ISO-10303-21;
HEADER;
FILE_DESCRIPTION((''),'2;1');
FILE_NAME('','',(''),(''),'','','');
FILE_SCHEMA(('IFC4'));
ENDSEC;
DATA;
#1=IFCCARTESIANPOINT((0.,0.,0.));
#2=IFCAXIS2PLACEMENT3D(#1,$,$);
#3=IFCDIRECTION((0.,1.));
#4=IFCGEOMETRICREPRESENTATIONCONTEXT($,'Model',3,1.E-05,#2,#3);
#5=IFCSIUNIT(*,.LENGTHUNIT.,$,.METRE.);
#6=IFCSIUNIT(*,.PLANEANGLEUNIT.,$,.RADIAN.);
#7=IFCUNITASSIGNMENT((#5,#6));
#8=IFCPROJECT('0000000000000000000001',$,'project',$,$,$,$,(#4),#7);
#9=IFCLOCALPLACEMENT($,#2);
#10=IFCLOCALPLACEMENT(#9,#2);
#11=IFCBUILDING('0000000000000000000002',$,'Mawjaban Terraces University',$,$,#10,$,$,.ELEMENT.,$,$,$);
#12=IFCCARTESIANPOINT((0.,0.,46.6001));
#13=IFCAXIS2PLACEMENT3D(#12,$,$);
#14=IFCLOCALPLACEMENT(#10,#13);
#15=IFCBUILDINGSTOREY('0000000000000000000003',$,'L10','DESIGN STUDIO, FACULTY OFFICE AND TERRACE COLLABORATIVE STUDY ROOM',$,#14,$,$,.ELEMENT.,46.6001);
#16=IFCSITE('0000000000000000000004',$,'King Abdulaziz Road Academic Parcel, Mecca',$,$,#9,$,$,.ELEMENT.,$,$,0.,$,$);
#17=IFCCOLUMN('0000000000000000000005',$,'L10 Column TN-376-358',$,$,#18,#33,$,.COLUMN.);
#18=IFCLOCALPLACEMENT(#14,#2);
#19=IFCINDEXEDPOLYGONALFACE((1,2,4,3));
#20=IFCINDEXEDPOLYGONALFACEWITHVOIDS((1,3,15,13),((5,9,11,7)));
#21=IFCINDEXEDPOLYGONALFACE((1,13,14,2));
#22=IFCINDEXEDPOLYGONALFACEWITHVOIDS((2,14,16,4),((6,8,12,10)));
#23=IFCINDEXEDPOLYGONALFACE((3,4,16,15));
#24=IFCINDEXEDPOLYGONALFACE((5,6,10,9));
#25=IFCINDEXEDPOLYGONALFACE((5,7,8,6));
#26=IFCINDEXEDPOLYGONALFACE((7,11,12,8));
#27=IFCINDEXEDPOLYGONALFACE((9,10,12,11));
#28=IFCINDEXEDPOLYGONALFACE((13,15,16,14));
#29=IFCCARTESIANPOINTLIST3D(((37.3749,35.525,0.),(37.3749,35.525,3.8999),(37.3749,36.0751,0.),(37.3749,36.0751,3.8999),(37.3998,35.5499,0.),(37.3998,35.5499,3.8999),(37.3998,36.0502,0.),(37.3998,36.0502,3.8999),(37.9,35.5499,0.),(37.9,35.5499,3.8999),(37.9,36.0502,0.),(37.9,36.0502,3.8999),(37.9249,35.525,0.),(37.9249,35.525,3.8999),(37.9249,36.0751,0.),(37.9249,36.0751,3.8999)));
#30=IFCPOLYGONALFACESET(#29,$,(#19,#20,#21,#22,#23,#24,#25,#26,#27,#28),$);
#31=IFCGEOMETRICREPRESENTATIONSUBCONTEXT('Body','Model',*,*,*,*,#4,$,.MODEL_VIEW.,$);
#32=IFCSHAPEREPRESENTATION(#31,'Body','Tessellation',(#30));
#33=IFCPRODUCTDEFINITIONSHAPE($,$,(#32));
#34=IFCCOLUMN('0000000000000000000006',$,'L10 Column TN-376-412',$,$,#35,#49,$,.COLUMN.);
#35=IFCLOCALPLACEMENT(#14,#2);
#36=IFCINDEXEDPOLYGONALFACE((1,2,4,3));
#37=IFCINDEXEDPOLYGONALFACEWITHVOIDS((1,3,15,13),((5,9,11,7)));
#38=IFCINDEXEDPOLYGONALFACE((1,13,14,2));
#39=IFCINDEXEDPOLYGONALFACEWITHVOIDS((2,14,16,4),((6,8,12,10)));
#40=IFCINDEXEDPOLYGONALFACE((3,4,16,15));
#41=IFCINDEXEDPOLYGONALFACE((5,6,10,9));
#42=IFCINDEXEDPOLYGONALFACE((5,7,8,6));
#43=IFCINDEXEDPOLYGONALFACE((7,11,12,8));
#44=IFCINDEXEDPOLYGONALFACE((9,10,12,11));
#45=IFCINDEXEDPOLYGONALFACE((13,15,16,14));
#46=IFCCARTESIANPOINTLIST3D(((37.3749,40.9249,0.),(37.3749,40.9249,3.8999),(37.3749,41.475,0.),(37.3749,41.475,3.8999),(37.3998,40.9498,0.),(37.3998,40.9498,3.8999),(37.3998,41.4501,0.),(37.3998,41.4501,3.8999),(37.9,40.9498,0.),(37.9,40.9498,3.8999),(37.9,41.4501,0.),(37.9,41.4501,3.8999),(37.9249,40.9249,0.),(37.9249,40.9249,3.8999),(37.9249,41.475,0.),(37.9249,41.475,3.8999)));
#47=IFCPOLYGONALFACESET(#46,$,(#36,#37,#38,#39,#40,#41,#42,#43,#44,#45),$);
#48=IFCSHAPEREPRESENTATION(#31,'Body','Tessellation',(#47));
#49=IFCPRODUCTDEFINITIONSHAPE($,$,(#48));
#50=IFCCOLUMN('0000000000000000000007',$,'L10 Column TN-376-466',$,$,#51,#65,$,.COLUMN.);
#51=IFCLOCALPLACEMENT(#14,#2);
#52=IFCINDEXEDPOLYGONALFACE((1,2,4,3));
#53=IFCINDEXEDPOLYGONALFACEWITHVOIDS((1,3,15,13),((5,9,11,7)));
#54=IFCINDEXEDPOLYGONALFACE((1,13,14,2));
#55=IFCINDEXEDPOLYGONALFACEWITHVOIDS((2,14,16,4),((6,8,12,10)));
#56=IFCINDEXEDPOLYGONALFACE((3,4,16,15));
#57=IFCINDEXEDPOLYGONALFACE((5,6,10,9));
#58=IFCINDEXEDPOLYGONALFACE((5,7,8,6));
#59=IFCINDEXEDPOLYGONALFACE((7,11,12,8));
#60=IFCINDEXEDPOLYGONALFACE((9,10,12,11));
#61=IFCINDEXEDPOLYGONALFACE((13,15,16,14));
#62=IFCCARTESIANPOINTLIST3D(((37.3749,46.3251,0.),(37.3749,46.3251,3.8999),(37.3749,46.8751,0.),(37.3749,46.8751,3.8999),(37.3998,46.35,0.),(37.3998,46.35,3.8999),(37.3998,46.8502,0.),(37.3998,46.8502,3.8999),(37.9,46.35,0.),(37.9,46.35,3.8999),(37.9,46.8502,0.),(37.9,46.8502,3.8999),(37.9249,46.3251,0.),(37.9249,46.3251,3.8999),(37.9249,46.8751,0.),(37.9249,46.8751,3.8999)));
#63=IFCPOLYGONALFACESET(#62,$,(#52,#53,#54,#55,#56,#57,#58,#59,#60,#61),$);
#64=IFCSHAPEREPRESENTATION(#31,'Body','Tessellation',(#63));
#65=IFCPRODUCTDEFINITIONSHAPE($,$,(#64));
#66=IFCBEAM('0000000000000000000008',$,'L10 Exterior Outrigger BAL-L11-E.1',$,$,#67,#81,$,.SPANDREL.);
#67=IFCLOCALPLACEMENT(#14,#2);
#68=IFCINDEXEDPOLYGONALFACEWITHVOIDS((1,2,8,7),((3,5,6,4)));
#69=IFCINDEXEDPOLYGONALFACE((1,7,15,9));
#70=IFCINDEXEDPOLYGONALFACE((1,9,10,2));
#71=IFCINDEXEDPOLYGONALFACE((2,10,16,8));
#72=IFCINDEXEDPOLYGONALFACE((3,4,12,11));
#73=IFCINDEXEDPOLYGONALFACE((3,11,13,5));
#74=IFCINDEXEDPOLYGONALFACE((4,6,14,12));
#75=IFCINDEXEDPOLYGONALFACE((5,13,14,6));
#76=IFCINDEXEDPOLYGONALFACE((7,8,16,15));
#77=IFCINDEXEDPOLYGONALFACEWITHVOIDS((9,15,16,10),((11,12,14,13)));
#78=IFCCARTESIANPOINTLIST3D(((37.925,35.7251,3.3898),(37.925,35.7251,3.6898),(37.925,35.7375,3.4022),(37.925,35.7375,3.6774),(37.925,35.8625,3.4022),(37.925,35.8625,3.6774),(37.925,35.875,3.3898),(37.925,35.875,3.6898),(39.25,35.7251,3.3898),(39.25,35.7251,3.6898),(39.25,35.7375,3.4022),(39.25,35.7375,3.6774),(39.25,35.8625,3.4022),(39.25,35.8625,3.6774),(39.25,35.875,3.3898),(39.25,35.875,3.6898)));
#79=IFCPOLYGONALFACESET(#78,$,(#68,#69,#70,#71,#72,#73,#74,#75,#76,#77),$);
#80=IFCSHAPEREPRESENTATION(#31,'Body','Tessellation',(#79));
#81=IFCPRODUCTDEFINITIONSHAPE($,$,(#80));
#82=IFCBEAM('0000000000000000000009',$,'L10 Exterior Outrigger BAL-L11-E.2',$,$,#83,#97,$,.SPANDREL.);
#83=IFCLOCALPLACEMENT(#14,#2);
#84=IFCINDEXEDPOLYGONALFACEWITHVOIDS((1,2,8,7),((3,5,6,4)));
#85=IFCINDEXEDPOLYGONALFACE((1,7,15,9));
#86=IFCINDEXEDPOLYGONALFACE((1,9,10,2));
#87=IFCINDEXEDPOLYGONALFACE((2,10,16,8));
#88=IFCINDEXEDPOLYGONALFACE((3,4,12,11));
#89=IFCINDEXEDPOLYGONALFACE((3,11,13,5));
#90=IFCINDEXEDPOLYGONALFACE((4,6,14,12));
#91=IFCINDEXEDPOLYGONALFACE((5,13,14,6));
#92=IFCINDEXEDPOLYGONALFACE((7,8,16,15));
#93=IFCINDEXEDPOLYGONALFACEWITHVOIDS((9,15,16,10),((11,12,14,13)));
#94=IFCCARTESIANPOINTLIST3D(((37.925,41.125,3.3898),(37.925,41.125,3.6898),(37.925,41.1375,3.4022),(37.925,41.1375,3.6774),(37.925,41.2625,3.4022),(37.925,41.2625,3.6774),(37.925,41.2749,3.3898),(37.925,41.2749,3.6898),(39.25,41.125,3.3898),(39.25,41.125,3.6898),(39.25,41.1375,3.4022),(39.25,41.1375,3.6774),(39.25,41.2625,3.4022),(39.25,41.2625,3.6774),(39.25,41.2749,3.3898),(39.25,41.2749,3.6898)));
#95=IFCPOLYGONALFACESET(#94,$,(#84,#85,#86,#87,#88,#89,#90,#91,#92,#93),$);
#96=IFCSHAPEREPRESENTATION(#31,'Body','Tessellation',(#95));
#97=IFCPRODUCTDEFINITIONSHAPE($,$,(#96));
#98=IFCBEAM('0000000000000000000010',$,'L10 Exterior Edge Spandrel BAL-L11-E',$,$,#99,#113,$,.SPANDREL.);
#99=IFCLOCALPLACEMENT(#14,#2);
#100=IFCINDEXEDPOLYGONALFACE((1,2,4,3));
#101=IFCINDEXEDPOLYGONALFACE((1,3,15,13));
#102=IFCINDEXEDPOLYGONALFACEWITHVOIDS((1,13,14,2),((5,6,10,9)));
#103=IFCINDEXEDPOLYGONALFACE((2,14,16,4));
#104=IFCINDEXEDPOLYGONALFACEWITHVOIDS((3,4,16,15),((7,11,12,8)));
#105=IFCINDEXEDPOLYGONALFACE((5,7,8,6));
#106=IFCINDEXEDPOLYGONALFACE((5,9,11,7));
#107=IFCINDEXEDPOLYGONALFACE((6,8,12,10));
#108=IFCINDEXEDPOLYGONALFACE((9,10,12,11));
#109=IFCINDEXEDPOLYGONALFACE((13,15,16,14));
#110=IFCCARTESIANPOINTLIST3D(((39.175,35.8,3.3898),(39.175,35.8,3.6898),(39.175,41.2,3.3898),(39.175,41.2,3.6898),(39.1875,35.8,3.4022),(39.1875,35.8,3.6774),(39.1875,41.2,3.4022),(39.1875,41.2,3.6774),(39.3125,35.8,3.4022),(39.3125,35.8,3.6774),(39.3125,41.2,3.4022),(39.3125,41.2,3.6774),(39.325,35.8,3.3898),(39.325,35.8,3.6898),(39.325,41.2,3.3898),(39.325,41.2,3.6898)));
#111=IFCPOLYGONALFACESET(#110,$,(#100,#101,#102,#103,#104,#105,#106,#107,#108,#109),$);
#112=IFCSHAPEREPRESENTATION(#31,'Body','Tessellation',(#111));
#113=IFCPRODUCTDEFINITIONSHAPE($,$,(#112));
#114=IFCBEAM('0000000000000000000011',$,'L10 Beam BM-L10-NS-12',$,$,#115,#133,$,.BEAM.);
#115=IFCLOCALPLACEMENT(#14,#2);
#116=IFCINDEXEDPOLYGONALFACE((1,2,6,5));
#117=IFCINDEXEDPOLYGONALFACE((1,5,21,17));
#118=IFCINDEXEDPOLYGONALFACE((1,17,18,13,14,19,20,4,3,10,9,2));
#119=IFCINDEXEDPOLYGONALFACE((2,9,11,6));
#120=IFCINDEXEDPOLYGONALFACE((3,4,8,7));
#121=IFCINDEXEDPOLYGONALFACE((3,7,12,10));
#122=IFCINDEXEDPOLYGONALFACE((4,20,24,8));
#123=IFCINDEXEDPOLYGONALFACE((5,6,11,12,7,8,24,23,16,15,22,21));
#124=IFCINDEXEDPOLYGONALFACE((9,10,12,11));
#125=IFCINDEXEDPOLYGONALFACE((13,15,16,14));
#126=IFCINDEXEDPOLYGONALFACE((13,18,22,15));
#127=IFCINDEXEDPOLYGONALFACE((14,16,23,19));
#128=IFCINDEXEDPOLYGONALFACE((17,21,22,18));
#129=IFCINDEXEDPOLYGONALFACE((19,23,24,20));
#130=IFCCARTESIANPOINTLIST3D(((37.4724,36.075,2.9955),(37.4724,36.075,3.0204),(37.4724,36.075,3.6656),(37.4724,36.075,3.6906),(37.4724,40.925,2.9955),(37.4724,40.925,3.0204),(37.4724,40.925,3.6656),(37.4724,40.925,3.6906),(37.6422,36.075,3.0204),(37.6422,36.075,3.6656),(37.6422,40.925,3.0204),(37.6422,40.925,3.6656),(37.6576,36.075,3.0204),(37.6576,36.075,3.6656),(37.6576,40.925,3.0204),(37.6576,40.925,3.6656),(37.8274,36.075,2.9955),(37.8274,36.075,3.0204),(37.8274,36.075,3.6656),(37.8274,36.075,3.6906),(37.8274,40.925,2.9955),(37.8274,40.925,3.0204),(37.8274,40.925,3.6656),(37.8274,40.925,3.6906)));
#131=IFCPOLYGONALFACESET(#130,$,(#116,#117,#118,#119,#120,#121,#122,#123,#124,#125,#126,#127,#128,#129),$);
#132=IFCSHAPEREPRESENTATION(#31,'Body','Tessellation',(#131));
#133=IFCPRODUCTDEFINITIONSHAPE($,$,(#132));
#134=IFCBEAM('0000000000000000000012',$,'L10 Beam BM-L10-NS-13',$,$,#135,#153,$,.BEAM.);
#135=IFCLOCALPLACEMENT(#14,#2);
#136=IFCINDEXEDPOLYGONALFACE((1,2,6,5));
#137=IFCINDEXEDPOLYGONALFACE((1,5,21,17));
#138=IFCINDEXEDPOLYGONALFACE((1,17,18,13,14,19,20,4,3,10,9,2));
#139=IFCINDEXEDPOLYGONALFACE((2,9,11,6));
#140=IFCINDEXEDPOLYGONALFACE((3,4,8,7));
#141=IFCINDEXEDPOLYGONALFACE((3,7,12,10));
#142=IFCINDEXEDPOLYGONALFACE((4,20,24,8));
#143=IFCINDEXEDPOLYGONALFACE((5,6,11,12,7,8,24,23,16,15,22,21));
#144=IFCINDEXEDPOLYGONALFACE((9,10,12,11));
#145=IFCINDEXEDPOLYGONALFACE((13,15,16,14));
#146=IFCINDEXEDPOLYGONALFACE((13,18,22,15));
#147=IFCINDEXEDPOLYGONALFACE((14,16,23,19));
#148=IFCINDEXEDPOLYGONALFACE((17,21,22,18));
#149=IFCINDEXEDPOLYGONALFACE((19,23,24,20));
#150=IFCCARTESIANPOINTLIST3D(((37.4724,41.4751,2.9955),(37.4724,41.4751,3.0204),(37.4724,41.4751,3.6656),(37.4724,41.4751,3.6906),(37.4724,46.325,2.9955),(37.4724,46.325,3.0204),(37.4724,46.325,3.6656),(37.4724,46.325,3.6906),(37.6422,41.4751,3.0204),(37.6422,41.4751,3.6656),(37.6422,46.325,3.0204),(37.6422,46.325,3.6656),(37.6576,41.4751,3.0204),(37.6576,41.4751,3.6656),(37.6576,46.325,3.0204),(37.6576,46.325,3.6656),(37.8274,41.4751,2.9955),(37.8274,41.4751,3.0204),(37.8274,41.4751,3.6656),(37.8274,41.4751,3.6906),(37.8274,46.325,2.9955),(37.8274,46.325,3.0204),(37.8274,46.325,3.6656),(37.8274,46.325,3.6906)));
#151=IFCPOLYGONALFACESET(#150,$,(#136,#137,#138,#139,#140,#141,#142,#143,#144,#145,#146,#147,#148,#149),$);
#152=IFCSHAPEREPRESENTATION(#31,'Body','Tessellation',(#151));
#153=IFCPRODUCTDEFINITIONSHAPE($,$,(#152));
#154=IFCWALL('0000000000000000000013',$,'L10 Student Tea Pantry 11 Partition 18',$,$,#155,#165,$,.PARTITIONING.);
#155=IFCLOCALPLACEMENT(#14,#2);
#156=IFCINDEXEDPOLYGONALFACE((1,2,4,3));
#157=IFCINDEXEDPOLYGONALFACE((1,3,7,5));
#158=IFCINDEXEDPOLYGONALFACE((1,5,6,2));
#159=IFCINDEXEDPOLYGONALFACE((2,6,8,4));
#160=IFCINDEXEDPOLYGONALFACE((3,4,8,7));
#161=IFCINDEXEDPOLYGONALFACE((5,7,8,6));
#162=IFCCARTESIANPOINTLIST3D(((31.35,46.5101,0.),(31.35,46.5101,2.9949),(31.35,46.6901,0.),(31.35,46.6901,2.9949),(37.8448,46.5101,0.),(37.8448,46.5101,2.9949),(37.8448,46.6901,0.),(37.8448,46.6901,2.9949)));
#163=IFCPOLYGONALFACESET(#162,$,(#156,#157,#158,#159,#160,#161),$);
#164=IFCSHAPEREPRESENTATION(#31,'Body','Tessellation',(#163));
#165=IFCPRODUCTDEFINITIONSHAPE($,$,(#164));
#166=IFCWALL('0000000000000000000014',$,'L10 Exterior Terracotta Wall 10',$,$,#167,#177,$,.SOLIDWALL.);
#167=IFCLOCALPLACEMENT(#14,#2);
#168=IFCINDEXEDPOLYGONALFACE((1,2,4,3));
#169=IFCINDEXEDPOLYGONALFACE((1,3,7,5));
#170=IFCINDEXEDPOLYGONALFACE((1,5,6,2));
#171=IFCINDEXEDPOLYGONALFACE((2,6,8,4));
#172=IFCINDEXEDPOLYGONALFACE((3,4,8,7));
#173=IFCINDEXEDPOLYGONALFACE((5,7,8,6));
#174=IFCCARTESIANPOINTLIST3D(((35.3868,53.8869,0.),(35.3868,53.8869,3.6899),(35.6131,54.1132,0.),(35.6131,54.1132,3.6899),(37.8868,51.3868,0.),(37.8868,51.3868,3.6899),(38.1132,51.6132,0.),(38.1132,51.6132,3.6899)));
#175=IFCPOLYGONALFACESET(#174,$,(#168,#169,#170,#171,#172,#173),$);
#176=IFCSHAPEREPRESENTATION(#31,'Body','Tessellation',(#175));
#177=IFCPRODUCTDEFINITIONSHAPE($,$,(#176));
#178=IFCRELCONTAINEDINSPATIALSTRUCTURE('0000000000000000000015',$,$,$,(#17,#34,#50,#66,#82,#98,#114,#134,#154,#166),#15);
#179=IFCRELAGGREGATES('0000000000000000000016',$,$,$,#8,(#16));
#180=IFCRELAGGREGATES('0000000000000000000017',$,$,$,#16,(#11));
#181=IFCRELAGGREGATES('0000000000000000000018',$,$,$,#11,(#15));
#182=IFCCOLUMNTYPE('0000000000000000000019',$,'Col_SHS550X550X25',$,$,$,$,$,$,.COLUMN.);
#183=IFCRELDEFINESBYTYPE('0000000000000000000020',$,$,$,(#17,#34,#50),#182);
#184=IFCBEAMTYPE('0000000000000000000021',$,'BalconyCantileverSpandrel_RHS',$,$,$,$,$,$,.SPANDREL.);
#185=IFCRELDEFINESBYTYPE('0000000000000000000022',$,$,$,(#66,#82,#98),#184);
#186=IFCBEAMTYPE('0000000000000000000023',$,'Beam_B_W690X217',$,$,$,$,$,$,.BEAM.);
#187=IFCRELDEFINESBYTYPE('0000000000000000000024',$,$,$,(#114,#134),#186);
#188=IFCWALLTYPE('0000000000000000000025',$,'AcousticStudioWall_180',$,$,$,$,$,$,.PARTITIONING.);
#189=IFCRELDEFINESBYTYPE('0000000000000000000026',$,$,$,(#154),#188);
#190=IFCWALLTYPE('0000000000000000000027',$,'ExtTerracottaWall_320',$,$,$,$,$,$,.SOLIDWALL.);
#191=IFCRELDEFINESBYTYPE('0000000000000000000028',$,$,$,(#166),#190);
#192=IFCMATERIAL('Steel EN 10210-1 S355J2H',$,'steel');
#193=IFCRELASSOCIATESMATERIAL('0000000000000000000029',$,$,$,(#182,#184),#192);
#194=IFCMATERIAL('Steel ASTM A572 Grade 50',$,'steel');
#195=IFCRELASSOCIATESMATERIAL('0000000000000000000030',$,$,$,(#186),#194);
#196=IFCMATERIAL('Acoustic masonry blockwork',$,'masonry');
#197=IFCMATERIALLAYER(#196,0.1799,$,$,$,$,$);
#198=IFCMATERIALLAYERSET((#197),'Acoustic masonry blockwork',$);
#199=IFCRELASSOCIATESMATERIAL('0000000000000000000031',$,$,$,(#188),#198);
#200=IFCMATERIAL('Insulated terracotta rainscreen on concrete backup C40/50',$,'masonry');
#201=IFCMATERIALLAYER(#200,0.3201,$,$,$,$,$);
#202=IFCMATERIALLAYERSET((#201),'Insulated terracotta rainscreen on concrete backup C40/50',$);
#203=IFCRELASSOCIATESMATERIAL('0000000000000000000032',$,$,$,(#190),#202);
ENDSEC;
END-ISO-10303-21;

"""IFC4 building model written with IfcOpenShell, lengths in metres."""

from ifc_helpers import new_model, si_unit, direction, frame, frame_2d, origin, origin_2d, place, context, subcontext, project, spatial, rectangle, hollow_rectangle, i_section, extrude, material, layer, layer_set, material_profile, profile_set, type_object, element, save


model = new_model("IFC4")

# Units and contexts
model_context = context("Model", 3, precision=1e-05, world=origin(), true_north=direction((0.0, 1.0)))
body_context = subcontext(model_context, "Body", "Model", "MODEL_VIEW")
ifc_project = project(units=[si_unit("LENGTHUNIT", "METRE"), si_unit("PLANEANGLEUNIT", "RADIAN")], contexts=[model_context])

# Site, building, storey
site_placement = place(None, origin())
site = spatial("IfcSite", under=ifc_project, at=site_placement, Name="King Abdulaziz Road Academic Parcel, Mecca", CompositionType="ELEMENT", RefElevation=0.0)
building_placement = place(site_placement, origin())
building = spatial("IfcBuilding", under=site, at=building_placement, Name="Mawjaban Terraces University", CompositionType="ELEMENT")
storey_placement = place(building_placement, frame((0.0, 0.0, 46.6001)))
storey = spatial("IfcBuildingStorey", under=building, at=storey_placement, Name="L10", Description="DESIGN STUDIO, FACULTY OFFICE AND TERRACE COLLABORATIVE STUDY ROOM", CompositionType="ELEMENT", Elevation=46.6001)

# Columns
ifc_material_1 = material(Name="Steel EN 10210-1 S355J2H", Category="steel")
ifc_material_profile_1 = material_profile(ifc_material_1, hollow_rectangle(XDim=0.55, YDim=0.55, WallThickness=0.0249, at=origin_2d()), Name="SHS550X550X25")
ifc_profile_set_1 = profile_set([ifc_material_profile_1], Name="Steel EN 10210-1 S355J2H")
column_type = type_object("IfcColumnType", Name="Col_SHS550X550X25", PredefinedType="COLUMN", material=ifc_profile_set_1)
for number, where, z_axis, x_axis, name in (
    (1, (37.6499, 35.8, 0.0), (0.0, 0.0, 1.0), (1.0, 0.0, 0.0), "L10 Column TN-376-358"),
    (2, (37.6499, 41.2, 0.0), (0.0, 0.0, 1.0), (1.0, 0.0, 0.0), "L10 Column TN-376-412"),
    (3, (37.6499, 46.6001, 0.0), (0.0, 0.0, 1.0), (1.0, 0.0, 0.0), "L10 Column TN-376-466"),
):
    element("IfcColumn", number, at=place(storey_placement, frame(where, z_axis=z_axis, x_axis=x_axis)), inside=storey, type_object=column_type, Name=name, PredefinedType="COLUMN", context=body_context, shape_type="SweptSolid", body=[
        extrude(hollow_rectangle(XDim=0.55, YDim=0.55, WallThickness=0.0249, at=origin_2d()), origin(), (0.0, 0.0, 1.0), 3.8999),
    ])

# Beams
ifc_material_profile_2 = material_profile(ifc_material_1, hollow_rectangle(XDim=0.1499, YDim=0.3, WallThickness=0.0125, at=origin_2d()), Name="RHS300X150X12.5")
ifc_profile_set_2 = profile_set([ifc_material_profile_2], Name="Steel EN 10210-1 S355J2H")
beam_type_1 = type_object("IfcBeamType", Name="BalconyCantileverSpandrel_RHS", PredefinedType="SPANDREL", material=ifc_profile_set_2)
for number, where, z_axis, x_axis, name in (
    (4, (37.925, 35.8, 3.5398), (1.0, 0.0, 0.0), (0.0, 1.0, 0.0), "L10 Exterior Outrigger BAL-L11-E.1"),
    (5, (37.925, 41.2, 3.5398), (1.0, 0.0, 0.0), (0.0, 1.0, 0.0), "L10 Exterior Outrigger BAL-L11-E.2"),
):
    element("IfcBeam", number, at=place(storey_placement, frame(where, z_axis=z_axis, x_axis=x_axis)), inside=storey, type_object=beam_type_1, Name=name, PredefinedType="SPANDREL", context=body_context, shape_type="SweptSolid", body=[
        extrude(hollow_rectangle(XDim=0.1499, YDim=0.3, WallThickness=0.0125, at=origin_2d()), origin(), (0.0, 0.0, 1.0), 1.325),
    ])
beam_1_placement = place(storey_placement, frame((39.25, 35.8, 3.5398), z_axis=(0.0, 1.0, 0.0), x_axis=(-1.0, 0.0, 0.0)))
element("IfcBeam", 6, at=beam_1_placement, inside=storey, type_object=beam_type_1, Name="L10 Exterior Edge Spandrel BAL-L11-E", PredefinedType="SPANDREL", context=body_context, shape_type="SweptSolid", body=[
    extrude(hollow_rectangle(XDim=0.1499, YDim=0.3, WallThickness=0.0125, at=origin_2d()), origin(), (0.0, 0.0, 1.0), 5.3999),
])
ifc_material_2 = material(Name="Steel ASTM A572 Grade 50", Category="steel")
ifc_material_profile_3 = material_profile(ifc_material_2, i_section(OverallWidth=0.355, OverallDepth=0.6951, WebThickness=0.0154, FlangeThickness=0.0249, at=origin_2d()), Name="W690X217")
ifc_profile_set_3 = profile_set([ifc_material_profile_3], Name="Steel ASTM A572 Grade 50")
beam_type_2 = type_object("IfcBeamType", Name="Beam_B_W690X217", PredefinedType="BEAM", material=ifc_profile_set_3)
beam_2_placement = place(storey_placement, frame((37.6499, 36.075, 3.343), z_axis=(0.0, 1.0, 0.0), x_axis=(-1.0, 0.0, 0.0)))
element("IfcBeam", 7, at=beam_2_placement, inside=storey, type_object=beam_type_2, Name="L10 Beam BM-L10-NS-12", PredefinedType="BEAM", context=body_context, shape_type="SweptSolid", body=[
    extrude(i_section(OverallWidth=0.355, OverallDepth=0.6951, WebThickness=0.0154, FlangeThickness=0.0249, at=origin_2d()), origin(), (0.0, 0.0, 1.0), 4.8501),
])
beam_3_placement = place(storey_placement, frame((37.6499, 41.4751, 3.343), z_axis=(0.0, 1.0, 0.0), x_axis=(-1.0, 0.0, 0.0)))
element("IfcBeam", 8, at=beam_3_placement, inside=storey, type_object=beam_type_2, Name="L10 Beam BM-L10-NS-13", PredefinedType="BEAM", context=body_context, shape_type="SweptSolid", body=[
    extrude(i_section(OverallWidth=0.355, OverallDepth=0.6951, WebThickness=0.0154, FlangeThickness=0.0249, at=origin_2d()), origin(), (0.0, 0.0, 1.0), 4.8499),
])

# Walls
ifc_material_3 = material(Name="Acoustic masonry blockwork", Category="masonry")
ifc_layer_1 = layer(ifc_material_3, 0.1799)
ifc_layer_set_1 = layer_set([ifc_layer_1], Name="Acoustic masonry blockwork")
wall_type_1 = type_object("IfcWallType", Name="AcousticStudioWall_180", PredefinedType="PARTITIONING", material=ifc_layer_set_1)
wall_1_placement = place(storey_placement, frame((37.845, 46.6001, 0.0), z_axis=(0.0, 0.0, 1.0), x_axis=(-1.0, 0.0, 0.0)))
element("IfcWall", 9, at=wall_1_placement, inside=storey, type_object=wall_type_1, Name="L10 Student Tea Pantry 11 Partition 18", PredefinedType="PARTITIONING", context=body_context, shape_type="SweptSolid", body=[
    extrude(rectangle(XDim=6.4949, YDim=0.1799, at=frame_2d((3.2476, 0.0))), origin(), (0.0, 0.0, 1.0), 2.9949),
])
ifc_material_4 = material(Name="Insulated terracotta rainscreen on concrete backup C40/50", Category="masonry")
ifc_layer_2 = layer(ifc_material_4, 0.3201)
ifc_layer_set_2 = layer_set([ifc_layer_2], Name="Insulated terracotta rainscreen on concrete backup C40/50")
wall_type_2 = type_object("IfcWallType", Name="ExtTerracottaWall_320", PredefinedType="SOLIDWALL", material=ifc_layer_set_2)
wall_2_placement = place(storey_placement, frame((38.0, 51.5, 0.0), z_axis=(0.0, 0.0, 1.0), x_axis=(-0.707107, 0.707107, 0.0)))
element("IfcWall", 10, at=wall_2_placement, inside=storey, type_object=wall_type_2, Name="L10 Exterior Terracotta Wall 10", PredefinedType="SOLIDWALL", context=body_context, shape_type="SweptSolid", body=[
    extrude(rectangle(XDim=3.5356, YDim=0.3201, at=frame_2d((1.7678, 0.0))), origin(), (0.0, 0.0, 1.0), 3.6899),
])

save(model, "model.ifc")
